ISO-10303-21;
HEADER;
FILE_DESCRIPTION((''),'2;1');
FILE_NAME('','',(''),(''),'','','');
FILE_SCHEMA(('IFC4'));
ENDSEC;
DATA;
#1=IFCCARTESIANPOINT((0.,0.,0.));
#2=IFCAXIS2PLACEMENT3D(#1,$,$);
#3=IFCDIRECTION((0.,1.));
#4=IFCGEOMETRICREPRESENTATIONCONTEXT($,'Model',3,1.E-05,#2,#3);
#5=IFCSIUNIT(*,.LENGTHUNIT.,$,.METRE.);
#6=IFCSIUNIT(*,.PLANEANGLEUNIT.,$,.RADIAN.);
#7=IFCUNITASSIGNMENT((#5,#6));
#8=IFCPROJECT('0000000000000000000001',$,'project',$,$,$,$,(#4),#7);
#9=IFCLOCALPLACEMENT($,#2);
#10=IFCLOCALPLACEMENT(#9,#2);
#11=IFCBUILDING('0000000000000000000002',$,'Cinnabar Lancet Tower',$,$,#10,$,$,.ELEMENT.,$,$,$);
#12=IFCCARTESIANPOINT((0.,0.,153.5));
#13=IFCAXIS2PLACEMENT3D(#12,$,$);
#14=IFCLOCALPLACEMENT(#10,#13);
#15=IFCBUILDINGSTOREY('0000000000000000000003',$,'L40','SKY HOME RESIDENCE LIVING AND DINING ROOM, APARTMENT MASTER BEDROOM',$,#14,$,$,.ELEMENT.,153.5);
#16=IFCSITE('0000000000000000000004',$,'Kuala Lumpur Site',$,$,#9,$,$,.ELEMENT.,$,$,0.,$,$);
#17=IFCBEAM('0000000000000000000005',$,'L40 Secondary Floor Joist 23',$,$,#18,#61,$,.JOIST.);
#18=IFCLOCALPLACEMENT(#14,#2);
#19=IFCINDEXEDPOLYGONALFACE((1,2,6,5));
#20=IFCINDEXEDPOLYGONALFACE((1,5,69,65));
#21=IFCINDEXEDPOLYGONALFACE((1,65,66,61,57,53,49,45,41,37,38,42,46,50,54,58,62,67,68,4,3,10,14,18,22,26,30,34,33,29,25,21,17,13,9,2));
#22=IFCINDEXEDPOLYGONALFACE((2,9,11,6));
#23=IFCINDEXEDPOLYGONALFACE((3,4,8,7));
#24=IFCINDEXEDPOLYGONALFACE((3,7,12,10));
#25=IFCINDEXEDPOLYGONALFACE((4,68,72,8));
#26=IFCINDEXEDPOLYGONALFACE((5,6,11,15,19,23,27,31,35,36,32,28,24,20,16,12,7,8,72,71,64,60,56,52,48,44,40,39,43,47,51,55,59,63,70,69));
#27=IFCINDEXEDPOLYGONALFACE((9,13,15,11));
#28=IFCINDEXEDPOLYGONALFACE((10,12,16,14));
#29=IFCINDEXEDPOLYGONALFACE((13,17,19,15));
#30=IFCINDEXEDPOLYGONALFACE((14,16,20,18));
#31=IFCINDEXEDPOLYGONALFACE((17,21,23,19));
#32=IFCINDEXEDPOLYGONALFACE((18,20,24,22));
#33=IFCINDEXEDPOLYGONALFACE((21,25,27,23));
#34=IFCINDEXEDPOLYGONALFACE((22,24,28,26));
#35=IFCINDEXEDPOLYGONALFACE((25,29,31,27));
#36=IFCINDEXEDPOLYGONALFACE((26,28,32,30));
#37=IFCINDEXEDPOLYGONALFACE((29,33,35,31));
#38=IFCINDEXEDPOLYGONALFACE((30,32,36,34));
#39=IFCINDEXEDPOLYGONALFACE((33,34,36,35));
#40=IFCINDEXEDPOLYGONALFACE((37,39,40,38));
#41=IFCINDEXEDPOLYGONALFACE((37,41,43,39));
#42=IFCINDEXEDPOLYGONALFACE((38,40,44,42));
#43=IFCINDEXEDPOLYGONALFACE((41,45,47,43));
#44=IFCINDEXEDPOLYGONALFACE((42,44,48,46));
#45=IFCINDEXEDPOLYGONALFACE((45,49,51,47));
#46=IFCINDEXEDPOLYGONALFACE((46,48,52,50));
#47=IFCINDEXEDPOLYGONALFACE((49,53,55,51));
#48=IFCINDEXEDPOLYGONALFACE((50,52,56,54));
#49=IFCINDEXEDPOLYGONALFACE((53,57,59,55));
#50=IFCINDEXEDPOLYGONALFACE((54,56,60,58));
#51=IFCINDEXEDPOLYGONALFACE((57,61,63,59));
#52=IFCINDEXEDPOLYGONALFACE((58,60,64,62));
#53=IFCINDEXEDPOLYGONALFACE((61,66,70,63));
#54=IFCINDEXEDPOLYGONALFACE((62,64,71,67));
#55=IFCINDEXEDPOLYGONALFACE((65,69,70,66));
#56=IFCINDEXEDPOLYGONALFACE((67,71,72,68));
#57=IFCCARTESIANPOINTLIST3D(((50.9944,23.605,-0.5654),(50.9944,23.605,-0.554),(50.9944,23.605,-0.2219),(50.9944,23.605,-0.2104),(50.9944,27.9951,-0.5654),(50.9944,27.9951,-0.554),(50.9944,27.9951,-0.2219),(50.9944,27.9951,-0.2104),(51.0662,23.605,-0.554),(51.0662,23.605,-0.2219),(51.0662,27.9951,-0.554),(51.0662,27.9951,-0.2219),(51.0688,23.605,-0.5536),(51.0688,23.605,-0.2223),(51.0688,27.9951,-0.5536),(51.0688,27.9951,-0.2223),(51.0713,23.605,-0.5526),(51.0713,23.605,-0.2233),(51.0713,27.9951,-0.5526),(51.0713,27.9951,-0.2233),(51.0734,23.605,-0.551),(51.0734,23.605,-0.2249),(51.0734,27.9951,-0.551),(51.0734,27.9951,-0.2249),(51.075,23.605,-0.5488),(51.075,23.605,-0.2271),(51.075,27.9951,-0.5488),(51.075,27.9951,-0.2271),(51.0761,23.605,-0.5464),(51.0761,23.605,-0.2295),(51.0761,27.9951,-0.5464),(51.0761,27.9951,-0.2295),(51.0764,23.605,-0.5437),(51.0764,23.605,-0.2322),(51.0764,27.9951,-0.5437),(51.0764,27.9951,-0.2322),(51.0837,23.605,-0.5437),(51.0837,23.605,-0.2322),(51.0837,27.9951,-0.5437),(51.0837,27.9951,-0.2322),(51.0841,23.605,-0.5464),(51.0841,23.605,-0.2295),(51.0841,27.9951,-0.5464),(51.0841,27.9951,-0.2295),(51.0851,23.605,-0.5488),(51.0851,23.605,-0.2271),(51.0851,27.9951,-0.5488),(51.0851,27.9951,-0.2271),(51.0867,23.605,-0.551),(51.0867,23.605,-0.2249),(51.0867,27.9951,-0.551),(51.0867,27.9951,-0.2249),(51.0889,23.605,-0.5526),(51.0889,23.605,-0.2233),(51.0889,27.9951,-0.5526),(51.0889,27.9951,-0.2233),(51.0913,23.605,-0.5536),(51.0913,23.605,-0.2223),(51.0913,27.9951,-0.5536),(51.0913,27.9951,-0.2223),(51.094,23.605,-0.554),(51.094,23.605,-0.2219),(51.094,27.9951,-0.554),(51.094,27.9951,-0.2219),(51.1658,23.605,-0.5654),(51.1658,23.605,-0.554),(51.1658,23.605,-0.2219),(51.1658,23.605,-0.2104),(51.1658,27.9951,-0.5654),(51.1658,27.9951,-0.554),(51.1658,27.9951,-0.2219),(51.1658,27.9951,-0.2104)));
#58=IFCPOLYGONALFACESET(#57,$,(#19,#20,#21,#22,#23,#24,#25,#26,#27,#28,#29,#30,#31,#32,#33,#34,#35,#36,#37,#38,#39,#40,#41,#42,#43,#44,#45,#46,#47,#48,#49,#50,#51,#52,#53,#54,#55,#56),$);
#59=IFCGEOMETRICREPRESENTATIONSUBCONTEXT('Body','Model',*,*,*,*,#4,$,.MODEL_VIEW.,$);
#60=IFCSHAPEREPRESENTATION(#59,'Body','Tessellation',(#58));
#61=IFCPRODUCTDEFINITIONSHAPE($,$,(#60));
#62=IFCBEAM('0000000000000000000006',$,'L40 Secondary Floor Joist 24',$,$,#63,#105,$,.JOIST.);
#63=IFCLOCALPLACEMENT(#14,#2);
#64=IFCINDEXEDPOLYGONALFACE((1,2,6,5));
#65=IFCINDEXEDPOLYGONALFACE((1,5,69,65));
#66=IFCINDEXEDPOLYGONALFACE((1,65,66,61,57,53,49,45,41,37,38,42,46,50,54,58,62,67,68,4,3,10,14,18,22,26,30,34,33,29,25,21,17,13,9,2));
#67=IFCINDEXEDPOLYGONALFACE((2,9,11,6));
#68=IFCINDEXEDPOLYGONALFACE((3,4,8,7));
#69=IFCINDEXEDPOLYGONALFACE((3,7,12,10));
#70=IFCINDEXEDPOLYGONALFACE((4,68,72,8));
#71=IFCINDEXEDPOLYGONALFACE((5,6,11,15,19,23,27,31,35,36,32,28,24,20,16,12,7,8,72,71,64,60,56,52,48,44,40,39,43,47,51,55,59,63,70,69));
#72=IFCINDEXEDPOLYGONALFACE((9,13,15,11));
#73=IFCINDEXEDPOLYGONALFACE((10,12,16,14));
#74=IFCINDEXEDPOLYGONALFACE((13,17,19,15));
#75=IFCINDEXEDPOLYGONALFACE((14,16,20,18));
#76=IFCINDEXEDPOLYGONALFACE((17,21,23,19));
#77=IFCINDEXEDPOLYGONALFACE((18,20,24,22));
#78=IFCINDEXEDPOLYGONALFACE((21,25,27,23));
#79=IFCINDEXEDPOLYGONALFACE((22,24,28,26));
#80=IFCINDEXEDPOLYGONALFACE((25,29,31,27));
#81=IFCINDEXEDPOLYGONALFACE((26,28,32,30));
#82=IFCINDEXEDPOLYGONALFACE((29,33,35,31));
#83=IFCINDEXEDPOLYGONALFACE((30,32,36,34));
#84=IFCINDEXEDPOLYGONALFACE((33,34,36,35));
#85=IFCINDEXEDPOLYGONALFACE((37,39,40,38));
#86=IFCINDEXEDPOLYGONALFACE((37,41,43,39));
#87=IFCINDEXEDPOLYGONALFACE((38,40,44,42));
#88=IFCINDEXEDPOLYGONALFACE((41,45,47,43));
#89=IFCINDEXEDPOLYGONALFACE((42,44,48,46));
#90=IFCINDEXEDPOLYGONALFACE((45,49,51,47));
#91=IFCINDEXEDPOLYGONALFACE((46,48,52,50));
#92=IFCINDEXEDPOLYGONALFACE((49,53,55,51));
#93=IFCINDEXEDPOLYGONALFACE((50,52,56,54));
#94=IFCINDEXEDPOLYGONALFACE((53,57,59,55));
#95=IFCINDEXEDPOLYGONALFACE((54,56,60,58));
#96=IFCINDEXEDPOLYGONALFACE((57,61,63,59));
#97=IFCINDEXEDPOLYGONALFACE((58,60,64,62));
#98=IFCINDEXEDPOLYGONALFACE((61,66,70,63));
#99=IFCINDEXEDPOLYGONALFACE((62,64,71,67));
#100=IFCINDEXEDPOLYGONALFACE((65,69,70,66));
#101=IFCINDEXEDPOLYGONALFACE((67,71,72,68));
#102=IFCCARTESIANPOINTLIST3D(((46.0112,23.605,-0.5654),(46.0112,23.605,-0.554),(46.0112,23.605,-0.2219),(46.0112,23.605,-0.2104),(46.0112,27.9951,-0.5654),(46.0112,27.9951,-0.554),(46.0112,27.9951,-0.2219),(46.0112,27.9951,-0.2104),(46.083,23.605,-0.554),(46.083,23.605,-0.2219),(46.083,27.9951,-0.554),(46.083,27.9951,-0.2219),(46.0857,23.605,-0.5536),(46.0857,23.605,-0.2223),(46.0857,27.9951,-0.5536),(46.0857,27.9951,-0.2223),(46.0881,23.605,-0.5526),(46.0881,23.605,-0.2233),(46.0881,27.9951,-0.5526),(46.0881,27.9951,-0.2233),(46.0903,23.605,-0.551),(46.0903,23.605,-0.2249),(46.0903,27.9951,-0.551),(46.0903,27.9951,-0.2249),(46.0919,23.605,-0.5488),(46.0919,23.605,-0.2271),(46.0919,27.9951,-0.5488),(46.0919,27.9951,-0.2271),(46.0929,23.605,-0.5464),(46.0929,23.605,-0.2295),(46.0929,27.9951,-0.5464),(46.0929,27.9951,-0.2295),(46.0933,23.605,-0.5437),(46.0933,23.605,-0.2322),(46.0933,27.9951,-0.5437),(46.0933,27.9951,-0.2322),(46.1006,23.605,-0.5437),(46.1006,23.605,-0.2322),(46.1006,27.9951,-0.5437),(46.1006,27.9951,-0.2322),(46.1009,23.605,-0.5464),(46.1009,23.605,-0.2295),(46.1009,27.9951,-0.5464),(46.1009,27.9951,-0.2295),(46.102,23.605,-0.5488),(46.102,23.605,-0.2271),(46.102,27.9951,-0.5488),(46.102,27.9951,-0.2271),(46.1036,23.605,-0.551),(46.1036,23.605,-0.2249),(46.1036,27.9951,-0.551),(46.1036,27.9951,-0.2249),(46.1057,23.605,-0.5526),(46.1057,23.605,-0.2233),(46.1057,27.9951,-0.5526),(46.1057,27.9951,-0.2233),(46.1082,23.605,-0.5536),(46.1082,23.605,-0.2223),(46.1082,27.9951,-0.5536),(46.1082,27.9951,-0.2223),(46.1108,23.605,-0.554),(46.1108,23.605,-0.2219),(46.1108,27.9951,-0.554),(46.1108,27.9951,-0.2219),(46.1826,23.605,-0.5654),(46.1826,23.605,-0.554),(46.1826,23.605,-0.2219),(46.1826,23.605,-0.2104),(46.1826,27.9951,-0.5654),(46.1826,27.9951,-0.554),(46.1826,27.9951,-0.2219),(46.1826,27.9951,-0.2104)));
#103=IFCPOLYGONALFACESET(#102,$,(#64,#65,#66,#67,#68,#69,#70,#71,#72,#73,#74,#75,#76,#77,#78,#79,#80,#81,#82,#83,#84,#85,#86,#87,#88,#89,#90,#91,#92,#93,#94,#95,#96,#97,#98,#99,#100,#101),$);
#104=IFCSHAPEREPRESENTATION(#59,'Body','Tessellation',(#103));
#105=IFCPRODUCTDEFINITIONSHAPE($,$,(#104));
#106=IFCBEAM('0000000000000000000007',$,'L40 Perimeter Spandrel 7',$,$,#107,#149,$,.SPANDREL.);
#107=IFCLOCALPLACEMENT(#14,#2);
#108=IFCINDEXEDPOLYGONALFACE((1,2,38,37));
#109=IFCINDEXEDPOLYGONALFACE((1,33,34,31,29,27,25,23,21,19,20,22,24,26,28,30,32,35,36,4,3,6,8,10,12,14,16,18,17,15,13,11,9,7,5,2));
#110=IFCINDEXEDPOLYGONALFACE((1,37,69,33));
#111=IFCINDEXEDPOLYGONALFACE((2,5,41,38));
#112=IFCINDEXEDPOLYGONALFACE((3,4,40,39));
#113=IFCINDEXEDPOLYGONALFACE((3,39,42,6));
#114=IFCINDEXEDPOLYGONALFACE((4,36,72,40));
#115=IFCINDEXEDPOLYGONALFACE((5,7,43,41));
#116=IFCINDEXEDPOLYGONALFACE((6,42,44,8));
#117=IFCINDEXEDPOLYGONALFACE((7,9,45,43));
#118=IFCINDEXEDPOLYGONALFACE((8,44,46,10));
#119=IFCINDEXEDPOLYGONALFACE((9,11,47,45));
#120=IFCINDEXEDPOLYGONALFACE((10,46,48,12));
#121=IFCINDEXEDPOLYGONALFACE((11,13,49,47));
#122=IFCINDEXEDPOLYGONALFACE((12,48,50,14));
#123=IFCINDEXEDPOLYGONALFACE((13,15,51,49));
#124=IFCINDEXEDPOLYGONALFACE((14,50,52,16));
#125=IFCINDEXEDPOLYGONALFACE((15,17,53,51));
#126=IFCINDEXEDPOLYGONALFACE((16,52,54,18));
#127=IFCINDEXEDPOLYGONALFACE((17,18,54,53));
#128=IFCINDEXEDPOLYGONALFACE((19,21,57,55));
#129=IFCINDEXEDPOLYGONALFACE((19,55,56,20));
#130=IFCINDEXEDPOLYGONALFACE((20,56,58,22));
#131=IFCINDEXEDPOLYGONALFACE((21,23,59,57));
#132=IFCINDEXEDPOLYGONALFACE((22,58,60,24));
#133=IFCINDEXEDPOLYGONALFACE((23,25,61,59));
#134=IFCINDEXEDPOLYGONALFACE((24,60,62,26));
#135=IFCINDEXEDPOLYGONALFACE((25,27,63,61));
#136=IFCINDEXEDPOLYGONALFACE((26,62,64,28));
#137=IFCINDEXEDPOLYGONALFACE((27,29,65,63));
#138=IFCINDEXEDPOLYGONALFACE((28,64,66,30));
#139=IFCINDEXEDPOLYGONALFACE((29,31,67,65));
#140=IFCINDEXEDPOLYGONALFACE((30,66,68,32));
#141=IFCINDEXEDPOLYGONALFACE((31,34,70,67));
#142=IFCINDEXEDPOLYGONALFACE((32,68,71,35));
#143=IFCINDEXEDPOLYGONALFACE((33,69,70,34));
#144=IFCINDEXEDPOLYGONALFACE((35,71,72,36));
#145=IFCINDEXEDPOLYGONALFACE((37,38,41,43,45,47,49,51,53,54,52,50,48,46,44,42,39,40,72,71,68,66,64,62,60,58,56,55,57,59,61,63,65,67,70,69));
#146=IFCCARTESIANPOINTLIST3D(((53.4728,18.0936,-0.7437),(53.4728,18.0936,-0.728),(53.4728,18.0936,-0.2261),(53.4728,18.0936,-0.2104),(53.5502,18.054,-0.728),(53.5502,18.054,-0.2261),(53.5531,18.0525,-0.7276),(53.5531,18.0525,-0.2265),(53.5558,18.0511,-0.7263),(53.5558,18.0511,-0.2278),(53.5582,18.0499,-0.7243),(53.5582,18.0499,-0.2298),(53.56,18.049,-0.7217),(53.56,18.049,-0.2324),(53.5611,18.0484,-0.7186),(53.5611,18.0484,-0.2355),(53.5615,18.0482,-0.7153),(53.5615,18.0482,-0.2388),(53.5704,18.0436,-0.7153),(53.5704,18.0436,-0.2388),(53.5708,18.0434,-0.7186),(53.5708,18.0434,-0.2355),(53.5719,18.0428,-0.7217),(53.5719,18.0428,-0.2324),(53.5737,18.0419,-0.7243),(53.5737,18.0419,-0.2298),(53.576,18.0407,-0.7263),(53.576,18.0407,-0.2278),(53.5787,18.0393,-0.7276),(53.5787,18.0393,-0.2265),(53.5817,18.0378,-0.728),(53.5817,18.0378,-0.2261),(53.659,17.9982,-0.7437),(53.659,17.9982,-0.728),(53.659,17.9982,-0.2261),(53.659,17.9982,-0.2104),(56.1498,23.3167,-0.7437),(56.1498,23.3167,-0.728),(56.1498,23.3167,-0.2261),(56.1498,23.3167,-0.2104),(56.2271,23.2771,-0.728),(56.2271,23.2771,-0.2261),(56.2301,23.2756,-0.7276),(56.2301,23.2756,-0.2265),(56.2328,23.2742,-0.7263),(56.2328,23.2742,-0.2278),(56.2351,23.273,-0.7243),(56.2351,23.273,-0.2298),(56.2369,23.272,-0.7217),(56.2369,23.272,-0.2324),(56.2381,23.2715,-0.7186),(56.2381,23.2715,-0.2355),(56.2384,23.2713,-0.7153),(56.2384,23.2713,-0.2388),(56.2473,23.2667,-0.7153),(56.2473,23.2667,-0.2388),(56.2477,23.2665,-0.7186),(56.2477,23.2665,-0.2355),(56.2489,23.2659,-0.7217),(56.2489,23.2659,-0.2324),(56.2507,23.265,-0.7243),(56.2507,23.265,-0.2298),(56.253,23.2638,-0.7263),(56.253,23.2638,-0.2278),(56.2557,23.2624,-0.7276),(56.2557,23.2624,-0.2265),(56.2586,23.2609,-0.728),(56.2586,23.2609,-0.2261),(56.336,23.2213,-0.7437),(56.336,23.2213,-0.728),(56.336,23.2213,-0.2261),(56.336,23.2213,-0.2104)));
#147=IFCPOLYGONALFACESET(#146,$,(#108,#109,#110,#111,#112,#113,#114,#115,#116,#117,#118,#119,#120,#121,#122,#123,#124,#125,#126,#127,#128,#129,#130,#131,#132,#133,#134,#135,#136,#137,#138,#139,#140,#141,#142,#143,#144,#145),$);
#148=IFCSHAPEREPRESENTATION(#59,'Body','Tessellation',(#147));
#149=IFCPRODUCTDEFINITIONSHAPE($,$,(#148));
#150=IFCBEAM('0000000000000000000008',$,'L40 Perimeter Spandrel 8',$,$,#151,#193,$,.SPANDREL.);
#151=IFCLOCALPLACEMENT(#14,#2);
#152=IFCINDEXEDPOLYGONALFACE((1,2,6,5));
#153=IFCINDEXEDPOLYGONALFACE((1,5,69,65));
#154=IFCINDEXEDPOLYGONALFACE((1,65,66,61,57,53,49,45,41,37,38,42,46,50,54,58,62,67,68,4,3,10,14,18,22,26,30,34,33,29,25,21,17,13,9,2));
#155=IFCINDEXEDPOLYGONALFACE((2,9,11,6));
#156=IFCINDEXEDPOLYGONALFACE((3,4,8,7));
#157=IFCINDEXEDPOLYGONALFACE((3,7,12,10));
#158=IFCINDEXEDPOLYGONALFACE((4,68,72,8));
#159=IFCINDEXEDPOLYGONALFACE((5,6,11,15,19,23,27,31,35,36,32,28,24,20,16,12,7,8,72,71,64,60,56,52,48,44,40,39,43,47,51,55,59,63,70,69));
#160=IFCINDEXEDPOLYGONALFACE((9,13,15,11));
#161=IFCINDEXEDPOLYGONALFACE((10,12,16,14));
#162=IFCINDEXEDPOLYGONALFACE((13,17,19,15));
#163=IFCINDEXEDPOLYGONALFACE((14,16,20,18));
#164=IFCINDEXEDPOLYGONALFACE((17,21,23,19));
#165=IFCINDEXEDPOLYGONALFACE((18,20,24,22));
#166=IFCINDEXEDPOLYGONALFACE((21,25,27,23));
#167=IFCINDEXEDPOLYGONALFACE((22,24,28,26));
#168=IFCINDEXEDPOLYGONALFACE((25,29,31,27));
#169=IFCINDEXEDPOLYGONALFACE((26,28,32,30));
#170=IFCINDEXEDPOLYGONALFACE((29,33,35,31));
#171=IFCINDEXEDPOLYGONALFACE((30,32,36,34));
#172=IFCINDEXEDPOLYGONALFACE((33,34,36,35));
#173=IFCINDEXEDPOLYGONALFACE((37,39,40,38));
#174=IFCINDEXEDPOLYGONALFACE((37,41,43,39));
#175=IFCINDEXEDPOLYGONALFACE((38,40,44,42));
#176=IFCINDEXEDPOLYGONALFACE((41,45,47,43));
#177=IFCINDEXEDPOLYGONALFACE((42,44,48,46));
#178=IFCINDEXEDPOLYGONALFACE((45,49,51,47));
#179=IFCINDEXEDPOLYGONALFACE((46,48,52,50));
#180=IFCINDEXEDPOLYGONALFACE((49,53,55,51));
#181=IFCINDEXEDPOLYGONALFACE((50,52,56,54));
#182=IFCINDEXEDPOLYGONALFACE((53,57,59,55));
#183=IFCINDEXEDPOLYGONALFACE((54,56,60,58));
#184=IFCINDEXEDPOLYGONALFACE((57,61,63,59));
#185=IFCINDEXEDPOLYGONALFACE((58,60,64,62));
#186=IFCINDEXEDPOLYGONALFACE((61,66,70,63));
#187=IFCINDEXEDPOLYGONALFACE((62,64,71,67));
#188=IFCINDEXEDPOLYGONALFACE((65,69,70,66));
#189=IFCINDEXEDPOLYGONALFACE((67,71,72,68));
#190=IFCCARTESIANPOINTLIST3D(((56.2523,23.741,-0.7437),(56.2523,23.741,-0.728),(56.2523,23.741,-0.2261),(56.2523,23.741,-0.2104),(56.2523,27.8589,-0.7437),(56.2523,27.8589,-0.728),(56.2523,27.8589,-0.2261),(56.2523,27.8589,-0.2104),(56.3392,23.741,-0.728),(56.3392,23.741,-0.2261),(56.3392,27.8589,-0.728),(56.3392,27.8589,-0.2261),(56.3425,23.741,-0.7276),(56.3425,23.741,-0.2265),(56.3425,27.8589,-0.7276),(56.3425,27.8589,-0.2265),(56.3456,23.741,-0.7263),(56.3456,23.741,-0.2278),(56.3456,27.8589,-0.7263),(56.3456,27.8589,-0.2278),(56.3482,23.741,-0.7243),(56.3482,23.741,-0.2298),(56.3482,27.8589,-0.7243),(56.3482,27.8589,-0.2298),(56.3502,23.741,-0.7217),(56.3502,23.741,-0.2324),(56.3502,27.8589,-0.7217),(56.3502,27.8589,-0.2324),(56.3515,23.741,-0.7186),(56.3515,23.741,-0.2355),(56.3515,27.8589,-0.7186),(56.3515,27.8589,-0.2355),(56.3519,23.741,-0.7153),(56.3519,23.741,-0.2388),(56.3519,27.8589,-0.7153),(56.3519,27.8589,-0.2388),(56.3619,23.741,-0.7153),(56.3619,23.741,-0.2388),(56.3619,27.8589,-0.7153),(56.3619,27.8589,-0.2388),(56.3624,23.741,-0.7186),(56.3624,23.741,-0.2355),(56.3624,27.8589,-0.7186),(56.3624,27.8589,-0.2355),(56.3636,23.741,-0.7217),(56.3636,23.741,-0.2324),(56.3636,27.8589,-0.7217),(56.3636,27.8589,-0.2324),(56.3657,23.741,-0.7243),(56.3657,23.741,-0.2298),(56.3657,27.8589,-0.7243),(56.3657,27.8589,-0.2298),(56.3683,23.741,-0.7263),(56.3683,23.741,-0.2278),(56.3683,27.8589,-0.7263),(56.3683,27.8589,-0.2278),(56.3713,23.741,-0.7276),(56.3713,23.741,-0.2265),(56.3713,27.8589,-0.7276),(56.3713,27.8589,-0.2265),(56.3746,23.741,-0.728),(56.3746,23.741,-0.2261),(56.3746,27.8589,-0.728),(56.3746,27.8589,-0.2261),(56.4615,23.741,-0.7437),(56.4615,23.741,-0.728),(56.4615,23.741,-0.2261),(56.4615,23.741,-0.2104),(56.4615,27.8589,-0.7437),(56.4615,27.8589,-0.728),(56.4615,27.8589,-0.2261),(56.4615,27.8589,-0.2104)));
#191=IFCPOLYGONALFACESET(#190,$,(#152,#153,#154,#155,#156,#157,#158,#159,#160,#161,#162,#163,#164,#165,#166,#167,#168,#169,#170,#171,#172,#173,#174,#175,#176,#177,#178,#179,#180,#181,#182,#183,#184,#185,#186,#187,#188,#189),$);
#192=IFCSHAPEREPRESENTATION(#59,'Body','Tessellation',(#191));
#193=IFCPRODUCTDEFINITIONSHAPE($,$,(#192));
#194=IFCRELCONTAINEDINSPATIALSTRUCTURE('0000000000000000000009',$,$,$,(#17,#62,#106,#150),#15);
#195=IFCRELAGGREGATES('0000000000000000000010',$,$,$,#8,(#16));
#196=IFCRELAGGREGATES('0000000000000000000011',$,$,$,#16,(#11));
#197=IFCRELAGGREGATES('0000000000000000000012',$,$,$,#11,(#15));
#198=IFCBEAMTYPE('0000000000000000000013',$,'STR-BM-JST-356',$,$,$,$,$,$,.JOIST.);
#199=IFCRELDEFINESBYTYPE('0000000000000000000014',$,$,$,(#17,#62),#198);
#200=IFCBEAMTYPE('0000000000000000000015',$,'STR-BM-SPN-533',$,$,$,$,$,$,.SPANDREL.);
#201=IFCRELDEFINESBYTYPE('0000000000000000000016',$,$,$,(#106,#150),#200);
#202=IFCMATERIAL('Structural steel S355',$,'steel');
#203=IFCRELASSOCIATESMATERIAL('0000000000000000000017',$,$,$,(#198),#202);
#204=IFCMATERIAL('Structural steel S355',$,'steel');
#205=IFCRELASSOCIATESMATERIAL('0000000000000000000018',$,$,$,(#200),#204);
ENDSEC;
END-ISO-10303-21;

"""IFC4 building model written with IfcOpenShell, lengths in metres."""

from ifc_helpers import new_model, si_unit, direction, frame, origin, origin_2d, place, context, subcontext, project, spatial, i_section, extrude, material, material_profile, profile_set, type_object, element, save


model = new_model("IFC4")

# Units and contexts
model_context = context("Model", 3, precision=1e-05, world=origin(), true_north=direction((0.0, 1.0)))
body_context = subcontext(model_context, "Body", "Model", "MODEL_VIEW")
ifc_project = project(units=[si_unit("LENGTHUNIT", "METRE"), si_unit("PLANEANGLEUNIT", "RADIAN")], contexts=[model_context])

# Site, building, storey
site_placement = place(None, origin())
site = spatial("IfcSite", under=ifc_project, at=site_placement, Name="Kuala Lumpur Site", CompositionType="ELEMENT", RefElevation=0.0)
building_placement = place(site_placement, origin())
building = spatial("IfcBuilding", under=site, at=building_placement, Name="Cinnabar Lancet Tower", CompositionType="ELEMENT")
storey_placement = place(building_placement, frame((0.0, 0.0, 153.5)))
storey = spatial("IfcBuildingStorey", under=building, at=storey_placement, Name="L40", Description="SKY HOME RESIDENCE LIVING AND DINING ROOM, APARTMENT MASTER BEDROOM", CompositionType="ELEMENT", Elevation=153.5)

# Beams
ifc_material_1 = material(Name="Structural steel S355", Category="steel")
ifc_material_profile_1 = material_profile(ifc_material_1, i_section(OverallWidth=0.1714, OverallDepth=0.355, WebThickness=0.0073, FlangeThickness=0.0115, FilletRadius=0.0103, at=origin_2d()), Name="UKB 356x171x51")
ifc_profile_set_1 = profile_set([ifc_material_profile_1], Name="Structural steel S355")
beam_type_1 = type_object("IfcBeamType", Name="STR-BM-JST-356", PredefinedType="JOIST", material=ifc_profile_set_1)
for number, where, z_axis, x_axis, name in (
    (1, (51.0801, 23.605, -0.3879), (0.0, 1.0, 0.0), (-1.0, 0.0, 0.0), "L40 Secondary Floor Joist 23"),
    (2, (46.0969, 23.605, -0.3879), (0.0, 1.0, 0.0), (-1.0, 0.0, 0.0), "L40 Secondary Floor Joist 24"),
):
    element("IfcBeam", number, at=place(storey_placement, frame(where, z_axis=z_axis, x_axis=x_axis)), inside=storey, type_object=beam_type_1, Name=name, PredefinedType="JOIST", context=body_context, shape_type="SweptSolid", body=[
        extrude(i_section(OverallWidth=0.1714, OverallDepth=0.355, WebThickness=0.0073, FlangeThickness=0.0115, FilletRadius=0.0103, at=origin_2d()), origin(), (0.0, 0.0, 1.0), 4.3901),
    ])
ifc_material_2 = material(Name="Structural steel S355", Category="steel")
ifc_material_profile_2 = material_profile(ifc_material_2, i_section(OverallWidth=0.2092, OverallDepth=0.5332, WebThickness=0.01, FlangeThickness=0.0156, FilletRadius=0.0127, at=origin_2d()), Name="UKB 533x210x92")
ifc_profile_set_2 = profile_set([ifc_material_profile_2], Name="Structural steel S355")
beam_type_2 = type_object("IfcBeamType", Name="STR-BM-SPN-533", PredefinedType="SPANDREL", material=ifc_profile_set_2)
beam_1_placement = place(storey_placement, frame((53.5659, 18.0459, -0.4771), z_axis=(0.45611, 0.889924, 0.0), x_axis=(-0.889924, 0.45611, 0.0)))
element("IfcBeam", 3, at=beam_1_placement, inside=storey, type_object=beam_type_2, Name="L40 Perimeter Spandrel 7", PredefinedType="SPANDREL", context=body_context, shape_type="SweptSolid", body=[
    extrude(i_section(OverallWidth=0.2092, OverallDepth=0.5332, WebThickness=0.01, FlangeThickness=0.0156, FilletRadius=0.0127, at=origin_2d()), origin(), (0.0, 0.0, 1.0), 5.8691),
])
beam_2_placement = place(storey_placement, frame((56.3569, 23.741, -0.4771), z_axis=(0.0, 1.0, 0.0), x_axis=(-1.0, 0.0, 0.0)))
element("IfcBeam", 4, at=beam_2_placement, inside=storey, type_object=beam_type_2, Name="L40 Perimeter Spandrel 8", PredefinedType="SPANDREL", context=body_context, shape_type="SweptSolid", body=[
    extrude(i_section(OverallWidth=0.2092, OverallDepth=0.5332, WebThickness=0.01, FlangeThickness=0.0156, FilletRadius=0.0127, at=origin_2d()), origin(), (0.0, 0.0, 1.0), 4.1179),
])

save(model, "model.ifc")
